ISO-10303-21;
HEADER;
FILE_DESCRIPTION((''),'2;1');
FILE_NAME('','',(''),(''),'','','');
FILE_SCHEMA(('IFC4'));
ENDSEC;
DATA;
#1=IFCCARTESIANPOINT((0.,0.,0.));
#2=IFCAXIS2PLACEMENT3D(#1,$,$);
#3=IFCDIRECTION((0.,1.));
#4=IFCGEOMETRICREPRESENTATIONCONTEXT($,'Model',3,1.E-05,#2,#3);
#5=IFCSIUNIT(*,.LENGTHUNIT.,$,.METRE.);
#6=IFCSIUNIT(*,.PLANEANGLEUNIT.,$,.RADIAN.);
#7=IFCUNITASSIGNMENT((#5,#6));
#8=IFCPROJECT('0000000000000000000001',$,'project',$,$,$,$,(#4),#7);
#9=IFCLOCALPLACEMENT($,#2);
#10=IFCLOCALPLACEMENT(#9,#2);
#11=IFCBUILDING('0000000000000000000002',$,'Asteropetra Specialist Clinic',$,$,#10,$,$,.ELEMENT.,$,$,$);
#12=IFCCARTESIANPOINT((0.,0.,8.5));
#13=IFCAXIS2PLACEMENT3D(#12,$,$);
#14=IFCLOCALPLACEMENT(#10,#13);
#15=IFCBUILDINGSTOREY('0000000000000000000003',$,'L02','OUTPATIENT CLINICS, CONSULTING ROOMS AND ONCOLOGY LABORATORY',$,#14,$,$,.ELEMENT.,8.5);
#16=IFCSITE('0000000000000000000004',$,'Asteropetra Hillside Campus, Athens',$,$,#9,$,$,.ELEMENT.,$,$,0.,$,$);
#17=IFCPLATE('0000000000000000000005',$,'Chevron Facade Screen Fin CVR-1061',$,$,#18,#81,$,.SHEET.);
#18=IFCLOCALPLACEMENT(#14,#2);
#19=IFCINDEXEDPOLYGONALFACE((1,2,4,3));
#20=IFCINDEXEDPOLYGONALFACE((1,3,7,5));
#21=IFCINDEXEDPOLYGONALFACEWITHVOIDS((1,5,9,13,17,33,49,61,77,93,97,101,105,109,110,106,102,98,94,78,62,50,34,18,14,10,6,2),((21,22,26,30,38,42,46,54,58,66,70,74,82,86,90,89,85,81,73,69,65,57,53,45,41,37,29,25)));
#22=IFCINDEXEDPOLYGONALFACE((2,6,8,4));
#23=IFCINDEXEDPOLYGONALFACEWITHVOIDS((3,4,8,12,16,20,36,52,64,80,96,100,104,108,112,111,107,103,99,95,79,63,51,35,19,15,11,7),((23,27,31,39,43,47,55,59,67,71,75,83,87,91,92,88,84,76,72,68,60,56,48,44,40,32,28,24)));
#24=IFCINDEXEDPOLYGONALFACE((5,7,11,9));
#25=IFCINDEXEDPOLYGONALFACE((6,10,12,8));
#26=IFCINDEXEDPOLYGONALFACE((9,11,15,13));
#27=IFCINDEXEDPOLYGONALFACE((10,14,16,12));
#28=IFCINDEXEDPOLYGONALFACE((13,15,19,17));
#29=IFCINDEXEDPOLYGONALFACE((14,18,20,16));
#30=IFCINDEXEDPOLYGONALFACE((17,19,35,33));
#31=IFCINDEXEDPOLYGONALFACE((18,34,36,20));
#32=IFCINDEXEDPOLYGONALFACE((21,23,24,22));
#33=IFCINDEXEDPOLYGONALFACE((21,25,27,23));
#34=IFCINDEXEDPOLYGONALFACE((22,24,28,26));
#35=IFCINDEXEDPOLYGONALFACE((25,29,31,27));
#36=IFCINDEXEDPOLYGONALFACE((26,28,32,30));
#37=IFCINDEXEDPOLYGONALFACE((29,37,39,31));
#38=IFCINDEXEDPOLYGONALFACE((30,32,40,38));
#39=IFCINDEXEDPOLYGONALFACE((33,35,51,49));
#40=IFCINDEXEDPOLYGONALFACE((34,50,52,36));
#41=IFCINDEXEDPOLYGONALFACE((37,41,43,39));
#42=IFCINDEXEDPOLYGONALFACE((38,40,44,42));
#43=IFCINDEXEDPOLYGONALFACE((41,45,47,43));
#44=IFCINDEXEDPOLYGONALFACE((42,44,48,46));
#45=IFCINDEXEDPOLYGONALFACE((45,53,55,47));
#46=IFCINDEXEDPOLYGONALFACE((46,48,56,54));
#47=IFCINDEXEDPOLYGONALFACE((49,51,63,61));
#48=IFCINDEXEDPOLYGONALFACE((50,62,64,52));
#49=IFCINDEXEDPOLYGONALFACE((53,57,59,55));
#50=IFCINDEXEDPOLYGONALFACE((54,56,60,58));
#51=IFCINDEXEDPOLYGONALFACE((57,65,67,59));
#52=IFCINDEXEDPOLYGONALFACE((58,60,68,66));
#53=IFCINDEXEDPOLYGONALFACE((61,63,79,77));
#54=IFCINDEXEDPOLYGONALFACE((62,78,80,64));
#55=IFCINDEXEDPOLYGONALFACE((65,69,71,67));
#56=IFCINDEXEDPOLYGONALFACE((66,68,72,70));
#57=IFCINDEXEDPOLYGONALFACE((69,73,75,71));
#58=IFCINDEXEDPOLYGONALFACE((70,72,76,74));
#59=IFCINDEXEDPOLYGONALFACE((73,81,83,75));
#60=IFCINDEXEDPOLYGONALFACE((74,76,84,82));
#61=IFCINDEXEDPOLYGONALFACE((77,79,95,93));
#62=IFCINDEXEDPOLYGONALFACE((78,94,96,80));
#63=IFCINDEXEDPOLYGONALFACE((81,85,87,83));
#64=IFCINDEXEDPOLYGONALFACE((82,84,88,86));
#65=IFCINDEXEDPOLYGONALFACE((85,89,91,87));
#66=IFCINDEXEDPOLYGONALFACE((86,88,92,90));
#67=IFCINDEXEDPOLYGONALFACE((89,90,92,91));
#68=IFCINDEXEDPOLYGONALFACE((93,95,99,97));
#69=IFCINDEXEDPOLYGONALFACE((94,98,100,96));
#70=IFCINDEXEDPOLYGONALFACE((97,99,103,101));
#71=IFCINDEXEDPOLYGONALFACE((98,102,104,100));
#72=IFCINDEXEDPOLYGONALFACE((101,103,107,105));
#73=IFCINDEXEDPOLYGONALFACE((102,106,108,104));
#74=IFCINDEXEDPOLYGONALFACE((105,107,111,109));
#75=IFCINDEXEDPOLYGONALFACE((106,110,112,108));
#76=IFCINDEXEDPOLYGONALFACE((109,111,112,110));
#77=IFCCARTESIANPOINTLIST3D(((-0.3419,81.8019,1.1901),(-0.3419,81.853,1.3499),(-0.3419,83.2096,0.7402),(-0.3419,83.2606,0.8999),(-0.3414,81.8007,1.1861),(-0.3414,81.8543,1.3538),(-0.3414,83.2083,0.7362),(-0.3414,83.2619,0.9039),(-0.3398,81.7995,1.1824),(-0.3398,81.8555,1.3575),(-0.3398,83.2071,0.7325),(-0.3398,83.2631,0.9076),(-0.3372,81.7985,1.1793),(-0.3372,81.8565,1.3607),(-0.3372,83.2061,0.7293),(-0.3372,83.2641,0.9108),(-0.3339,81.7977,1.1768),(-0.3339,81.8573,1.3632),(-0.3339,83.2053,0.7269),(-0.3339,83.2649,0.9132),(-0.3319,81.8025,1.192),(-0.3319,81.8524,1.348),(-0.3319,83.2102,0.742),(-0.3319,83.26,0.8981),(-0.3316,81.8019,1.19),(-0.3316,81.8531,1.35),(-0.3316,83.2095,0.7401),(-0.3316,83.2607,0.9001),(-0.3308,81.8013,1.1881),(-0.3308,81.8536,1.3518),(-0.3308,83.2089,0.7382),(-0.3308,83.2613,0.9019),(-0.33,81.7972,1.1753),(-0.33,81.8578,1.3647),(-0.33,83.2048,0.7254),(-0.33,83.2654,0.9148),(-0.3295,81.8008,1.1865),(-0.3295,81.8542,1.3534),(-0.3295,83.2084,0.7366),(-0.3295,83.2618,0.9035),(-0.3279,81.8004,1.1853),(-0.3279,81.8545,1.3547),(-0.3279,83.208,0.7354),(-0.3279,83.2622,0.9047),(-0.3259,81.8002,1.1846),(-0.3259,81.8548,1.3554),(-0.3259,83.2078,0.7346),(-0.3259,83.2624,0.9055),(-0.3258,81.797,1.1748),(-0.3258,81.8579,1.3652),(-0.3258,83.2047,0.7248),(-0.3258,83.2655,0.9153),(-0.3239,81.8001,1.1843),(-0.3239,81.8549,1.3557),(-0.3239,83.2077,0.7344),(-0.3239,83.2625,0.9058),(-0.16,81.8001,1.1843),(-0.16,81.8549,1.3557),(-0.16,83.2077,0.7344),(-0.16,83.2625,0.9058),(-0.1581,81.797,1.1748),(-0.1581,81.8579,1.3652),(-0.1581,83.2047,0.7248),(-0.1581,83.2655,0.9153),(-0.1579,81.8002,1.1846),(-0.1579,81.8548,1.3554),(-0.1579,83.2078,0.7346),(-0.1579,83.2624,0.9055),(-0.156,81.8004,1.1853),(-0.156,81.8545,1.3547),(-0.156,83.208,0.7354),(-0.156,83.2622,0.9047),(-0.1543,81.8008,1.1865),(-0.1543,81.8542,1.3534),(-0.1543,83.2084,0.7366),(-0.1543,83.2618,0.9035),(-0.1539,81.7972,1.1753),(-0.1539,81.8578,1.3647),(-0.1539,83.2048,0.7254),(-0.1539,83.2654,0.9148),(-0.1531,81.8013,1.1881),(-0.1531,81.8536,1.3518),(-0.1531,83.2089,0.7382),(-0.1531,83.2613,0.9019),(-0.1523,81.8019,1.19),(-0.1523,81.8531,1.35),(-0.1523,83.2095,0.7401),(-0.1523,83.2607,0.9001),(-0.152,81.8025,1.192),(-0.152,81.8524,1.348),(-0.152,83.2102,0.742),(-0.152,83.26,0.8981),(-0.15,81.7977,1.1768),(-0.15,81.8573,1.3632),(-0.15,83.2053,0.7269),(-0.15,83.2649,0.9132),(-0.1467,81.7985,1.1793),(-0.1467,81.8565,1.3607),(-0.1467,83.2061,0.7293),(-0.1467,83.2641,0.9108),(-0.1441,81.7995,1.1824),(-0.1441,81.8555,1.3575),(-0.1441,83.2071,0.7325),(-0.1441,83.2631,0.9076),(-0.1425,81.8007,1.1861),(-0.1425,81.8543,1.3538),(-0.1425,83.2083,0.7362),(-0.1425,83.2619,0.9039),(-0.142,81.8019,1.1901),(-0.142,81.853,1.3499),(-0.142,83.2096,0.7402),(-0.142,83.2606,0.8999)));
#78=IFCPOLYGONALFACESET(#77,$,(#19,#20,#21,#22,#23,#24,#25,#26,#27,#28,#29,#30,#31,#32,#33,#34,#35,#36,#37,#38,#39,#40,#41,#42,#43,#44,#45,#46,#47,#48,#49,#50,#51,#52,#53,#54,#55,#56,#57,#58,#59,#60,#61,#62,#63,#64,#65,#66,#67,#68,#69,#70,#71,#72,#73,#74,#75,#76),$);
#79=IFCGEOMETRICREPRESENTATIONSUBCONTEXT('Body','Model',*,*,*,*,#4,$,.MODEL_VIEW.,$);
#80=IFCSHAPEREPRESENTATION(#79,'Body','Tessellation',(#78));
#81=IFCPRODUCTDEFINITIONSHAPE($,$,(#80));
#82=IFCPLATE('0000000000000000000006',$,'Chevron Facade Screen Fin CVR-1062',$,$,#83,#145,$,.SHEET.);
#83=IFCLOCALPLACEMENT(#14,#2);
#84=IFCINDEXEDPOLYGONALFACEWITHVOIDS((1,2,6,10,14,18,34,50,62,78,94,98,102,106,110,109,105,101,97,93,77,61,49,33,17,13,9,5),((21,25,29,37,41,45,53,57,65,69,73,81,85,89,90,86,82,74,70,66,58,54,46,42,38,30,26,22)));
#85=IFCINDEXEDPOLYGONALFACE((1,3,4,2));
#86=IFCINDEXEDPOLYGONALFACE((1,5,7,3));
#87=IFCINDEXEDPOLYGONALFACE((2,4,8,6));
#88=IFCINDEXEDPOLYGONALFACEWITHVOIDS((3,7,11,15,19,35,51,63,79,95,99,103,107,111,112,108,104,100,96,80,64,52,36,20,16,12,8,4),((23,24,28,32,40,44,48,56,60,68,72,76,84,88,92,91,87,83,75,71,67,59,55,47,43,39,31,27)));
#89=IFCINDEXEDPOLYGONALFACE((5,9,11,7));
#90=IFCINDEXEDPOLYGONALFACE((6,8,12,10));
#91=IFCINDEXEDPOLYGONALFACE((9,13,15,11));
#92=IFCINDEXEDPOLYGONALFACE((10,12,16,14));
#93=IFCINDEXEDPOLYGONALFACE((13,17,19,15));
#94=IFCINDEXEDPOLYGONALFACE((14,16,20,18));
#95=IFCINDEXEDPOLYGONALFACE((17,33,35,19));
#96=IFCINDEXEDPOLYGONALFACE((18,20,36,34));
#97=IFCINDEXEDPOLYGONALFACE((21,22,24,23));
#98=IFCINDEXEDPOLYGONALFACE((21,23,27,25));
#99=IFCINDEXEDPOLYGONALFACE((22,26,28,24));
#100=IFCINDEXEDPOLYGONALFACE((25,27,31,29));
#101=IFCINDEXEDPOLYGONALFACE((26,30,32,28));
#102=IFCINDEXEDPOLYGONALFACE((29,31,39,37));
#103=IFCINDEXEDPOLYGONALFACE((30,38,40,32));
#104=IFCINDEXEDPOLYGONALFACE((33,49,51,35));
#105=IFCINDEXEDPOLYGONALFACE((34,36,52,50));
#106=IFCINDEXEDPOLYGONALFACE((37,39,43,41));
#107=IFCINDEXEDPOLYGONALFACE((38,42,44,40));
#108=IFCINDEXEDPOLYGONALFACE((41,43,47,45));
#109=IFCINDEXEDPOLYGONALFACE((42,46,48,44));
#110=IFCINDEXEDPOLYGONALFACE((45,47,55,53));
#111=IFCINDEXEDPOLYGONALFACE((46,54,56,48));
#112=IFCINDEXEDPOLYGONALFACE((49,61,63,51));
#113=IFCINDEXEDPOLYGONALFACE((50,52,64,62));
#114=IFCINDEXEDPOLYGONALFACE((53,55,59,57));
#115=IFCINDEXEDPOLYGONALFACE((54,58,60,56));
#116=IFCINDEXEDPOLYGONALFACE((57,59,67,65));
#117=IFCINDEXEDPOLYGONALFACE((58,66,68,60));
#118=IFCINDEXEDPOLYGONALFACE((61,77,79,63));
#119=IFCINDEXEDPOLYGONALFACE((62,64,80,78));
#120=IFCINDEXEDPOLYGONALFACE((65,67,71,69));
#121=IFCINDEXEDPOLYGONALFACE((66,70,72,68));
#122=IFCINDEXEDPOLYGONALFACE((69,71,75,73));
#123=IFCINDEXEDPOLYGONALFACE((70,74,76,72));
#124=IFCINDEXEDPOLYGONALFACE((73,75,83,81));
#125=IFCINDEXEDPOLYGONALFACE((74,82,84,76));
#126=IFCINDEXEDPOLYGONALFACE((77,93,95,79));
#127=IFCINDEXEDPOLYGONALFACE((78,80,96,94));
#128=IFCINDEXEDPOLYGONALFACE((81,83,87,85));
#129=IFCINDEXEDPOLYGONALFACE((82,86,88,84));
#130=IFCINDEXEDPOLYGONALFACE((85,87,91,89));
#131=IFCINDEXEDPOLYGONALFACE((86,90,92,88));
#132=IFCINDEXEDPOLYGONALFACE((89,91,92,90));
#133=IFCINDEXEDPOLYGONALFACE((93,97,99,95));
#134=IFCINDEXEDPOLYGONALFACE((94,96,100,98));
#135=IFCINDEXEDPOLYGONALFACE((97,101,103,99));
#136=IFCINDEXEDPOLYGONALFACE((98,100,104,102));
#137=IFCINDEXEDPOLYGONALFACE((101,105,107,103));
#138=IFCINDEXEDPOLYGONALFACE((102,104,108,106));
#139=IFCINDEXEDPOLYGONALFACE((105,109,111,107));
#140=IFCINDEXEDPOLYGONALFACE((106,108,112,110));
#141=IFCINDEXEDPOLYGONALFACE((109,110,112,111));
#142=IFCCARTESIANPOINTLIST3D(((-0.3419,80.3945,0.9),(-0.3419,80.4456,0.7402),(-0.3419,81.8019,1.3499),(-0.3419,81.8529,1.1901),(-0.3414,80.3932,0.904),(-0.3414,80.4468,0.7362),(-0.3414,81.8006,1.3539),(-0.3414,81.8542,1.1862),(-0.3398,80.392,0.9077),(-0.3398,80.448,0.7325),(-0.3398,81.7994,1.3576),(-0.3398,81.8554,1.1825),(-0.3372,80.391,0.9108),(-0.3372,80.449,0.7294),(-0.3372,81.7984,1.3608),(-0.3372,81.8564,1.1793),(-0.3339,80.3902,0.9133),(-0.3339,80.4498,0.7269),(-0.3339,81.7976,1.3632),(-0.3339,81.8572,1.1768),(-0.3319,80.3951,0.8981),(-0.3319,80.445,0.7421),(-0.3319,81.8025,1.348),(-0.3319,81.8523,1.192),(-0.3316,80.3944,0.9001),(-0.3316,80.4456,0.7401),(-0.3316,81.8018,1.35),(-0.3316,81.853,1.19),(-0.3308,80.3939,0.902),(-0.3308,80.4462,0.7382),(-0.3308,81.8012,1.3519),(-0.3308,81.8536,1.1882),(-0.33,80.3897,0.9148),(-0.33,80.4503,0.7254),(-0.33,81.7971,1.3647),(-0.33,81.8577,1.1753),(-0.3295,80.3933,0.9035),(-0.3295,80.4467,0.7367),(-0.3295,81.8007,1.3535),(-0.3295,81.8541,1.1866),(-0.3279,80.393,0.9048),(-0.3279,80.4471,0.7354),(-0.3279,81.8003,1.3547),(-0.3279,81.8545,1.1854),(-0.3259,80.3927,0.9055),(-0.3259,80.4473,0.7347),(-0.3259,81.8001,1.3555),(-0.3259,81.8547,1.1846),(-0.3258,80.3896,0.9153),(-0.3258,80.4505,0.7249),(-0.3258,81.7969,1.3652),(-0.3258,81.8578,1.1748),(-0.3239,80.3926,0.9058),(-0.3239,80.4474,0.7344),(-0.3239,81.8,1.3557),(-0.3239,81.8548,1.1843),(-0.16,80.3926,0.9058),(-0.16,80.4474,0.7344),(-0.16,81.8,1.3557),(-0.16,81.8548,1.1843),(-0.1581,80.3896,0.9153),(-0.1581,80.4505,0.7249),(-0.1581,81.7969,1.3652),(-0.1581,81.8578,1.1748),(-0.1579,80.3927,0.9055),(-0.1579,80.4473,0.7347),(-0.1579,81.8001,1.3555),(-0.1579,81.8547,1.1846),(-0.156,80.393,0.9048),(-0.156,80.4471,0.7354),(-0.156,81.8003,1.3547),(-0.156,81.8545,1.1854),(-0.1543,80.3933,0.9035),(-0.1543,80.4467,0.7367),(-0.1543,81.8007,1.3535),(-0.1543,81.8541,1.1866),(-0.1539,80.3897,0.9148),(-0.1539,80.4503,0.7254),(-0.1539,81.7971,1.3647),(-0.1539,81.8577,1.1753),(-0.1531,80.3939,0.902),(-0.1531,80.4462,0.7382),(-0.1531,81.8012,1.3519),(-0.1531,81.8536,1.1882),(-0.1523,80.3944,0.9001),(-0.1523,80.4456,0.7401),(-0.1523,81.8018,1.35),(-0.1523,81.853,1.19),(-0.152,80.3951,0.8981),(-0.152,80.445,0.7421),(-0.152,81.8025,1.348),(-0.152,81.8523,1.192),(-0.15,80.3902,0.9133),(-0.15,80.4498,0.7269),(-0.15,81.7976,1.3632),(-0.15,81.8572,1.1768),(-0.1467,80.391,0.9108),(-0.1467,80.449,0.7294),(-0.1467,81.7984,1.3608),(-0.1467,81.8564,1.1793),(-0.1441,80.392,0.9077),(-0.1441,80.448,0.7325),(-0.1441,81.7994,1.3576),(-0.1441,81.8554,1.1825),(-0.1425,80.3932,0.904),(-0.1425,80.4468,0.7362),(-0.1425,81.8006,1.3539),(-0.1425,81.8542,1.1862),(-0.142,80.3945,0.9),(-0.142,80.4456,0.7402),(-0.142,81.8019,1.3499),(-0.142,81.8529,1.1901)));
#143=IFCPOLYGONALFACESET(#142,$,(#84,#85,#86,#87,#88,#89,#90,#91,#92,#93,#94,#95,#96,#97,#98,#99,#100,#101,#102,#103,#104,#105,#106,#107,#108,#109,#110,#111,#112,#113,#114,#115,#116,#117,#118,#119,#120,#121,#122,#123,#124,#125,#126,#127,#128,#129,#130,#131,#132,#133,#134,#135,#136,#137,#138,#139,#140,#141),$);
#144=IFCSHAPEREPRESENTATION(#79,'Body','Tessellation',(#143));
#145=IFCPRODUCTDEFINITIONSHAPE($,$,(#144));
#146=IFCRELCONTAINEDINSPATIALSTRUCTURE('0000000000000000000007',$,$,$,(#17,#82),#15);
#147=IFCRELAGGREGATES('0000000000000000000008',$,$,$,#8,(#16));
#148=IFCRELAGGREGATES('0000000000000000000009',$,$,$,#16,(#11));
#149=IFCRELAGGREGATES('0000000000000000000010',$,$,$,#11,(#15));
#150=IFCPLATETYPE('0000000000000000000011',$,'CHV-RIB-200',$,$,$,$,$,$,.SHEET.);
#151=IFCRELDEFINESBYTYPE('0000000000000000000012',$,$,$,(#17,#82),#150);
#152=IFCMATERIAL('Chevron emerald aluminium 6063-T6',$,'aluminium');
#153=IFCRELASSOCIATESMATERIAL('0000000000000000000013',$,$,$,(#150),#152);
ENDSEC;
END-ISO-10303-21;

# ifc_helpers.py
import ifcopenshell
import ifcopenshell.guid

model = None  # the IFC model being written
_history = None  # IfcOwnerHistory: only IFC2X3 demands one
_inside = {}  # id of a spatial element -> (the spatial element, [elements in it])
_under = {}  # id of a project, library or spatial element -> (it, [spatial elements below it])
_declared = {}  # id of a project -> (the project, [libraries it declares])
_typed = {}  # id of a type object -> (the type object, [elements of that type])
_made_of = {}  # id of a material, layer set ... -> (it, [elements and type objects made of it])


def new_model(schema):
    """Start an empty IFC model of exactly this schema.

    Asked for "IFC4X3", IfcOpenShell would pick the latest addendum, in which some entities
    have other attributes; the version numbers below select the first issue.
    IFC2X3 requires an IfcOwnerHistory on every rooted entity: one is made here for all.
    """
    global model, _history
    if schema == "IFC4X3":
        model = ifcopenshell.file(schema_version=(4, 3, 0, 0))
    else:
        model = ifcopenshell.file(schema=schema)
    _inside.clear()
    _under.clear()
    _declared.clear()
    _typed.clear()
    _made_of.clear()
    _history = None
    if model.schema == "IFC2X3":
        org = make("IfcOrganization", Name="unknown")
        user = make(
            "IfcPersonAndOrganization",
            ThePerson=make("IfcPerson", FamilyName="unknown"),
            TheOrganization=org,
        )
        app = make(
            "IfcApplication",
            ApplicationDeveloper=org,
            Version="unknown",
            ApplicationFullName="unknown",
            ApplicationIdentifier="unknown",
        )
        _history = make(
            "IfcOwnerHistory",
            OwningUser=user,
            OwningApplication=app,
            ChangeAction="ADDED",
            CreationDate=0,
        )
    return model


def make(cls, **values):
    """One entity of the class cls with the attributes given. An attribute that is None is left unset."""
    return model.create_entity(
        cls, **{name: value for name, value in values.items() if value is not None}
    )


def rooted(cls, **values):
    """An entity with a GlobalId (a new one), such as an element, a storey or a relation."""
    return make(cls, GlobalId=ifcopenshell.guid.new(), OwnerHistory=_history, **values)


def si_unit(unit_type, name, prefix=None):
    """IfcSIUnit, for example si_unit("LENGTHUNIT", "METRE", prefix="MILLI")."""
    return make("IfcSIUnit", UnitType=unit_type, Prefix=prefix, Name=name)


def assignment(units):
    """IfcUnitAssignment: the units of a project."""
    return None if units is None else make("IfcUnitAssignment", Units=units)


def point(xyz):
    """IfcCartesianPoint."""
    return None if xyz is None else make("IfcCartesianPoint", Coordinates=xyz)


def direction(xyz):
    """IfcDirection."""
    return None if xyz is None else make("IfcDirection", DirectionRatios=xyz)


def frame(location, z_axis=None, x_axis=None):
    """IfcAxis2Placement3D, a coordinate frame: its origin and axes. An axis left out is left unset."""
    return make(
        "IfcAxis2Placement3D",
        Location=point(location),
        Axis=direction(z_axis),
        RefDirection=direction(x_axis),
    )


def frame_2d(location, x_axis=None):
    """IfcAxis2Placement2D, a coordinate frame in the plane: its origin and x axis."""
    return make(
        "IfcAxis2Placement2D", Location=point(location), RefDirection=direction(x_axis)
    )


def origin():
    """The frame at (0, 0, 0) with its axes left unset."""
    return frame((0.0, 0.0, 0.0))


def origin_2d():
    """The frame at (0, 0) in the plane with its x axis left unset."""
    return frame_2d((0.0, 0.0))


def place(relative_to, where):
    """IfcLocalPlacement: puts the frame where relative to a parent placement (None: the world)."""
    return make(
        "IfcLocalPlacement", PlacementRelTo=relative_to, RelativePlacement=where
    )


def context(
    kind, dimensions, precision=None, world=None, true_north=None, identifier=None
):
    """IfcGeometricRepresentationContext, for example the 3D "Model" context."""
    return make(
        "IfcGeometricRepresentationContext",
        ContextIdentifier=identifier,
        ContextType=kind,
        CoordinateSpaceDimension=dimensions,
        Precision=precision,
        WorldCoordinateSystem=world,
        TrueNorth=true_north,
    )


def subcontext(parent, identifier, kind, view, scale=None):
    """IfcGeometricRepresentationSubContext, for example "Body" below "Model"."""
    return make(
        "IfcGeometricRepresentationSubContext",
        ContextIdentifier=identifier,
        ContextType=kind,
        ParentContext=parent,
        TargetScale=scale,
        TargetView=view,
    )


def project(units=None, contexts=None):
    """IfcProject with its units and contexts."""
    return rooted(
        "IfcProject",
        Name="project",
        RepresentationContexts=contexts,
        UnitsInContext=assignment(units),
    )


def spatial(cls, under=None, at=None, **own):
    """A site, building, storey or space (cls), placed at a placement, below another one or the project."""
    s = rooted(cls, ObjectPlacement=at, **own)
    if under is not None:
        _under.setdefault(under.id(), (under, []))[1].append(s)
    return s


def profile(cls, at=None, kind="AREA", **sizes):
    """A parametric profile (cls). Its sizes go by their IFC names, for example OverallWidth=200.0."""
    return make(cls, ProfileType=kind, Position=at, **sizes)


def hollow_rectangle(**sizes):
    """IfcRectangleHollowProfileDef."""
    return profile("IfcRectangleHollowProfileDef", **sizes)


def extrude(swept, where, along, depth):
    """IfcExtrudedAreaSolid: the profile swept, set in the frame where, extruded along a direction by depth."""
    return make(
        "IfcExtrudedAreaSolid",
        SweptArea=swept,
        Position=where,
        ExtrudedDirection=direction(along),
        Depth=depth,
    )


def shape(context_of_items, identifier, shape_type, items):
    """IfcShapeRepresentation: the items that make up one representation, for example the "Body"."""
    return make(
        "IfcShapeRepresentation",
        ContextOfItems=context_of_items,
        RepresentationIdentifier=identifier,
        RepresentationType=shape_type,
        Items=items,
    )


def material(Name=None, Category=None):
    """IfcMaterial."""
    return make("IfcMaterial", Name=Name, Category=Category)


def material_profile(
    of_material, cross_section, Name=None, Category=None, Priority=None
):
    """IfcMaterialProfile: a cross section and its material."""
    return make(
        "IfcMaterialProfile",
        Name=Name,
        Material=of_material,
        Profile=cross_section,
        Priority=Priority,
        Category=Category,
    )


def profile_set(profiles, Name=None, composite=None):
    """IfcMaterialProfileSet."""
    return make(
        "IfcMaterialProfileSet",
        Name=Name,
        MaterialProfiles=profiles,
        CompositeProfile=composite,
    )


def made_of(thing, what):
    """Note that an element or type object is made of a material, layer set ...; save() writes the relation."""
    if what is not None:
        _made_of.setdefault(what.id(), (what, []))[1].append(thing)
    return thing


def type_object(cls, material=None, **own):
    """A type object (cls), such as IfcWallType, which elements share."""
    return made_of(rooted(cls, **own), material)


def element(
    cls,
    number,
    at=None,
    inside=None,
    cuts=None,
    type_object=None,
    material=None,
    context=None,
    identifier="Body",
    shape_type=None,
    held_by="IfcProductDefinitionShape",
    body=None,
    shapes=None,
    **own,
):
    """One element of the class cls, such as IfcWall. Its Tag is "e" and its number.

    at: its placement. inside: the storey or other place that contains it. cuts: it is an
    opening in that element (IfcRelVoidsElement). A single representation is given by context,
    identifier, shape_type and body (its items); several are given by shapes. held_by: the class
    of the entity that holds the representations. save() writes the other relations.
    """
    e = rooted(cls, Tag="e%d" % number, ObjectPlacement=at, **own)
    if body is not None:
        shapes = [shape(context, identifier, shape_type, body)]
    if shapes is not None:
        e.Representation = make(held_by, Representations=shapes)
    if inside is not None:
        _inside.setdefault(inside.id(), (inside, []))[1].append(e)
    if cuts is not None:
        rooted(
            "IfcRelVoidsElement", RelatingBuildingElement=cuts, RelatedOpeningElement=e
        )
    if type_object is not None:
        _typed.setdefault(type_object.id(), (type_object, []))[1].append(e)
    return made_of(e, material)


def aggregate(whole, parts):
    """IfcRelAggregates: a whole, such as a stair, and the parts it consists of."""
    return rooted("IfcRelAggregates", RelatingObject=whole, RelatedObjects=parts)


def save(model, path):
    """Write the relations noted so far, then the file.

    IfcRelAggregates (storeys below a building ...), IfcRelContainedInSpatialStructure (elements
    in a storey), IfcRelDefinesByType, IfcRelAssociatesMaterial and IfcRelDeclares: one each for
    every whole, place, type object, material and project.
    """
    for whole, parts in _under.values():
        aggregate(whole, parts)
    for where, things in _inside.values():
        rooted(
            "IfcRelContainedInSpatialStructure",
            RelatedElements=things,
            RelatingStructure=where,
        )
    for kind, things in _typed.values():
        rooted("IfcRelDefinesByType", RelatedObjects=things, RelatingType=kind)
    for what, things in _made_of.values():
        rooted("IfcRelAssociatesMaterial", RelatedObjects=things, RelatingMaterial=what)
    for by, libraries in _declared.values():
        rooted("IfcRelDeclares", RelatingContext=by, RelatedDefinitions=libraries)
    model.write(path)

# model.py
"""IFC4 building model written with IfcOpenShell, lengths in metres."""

from ifc_helpers import new_model, si_unit, direction, frame, origin, origin_2d, place, context, subcontext, project, spatial, hollow_rectangle, extrude, material, material_profile, profile_set, type_object, element, save


model = new_model("IFC4")

# Units and contexts
model_context = context("Model", 3, precision=1e-05, world=origin(), true_north=direction((0.0, 1.0)))
body_context = subcontext(model_context, "Body", "Model", "MODEL_VIEW")
ifc_project = project(units=[si_unit("LENGTHUNIT", "METRE"), si_unit("PLANEANGLEUNIT", "RADIAN")], contexts=[model_context])

# Site, building, storey
site_placement = place(None, origin())
site = spatial("IfcSite", under=ifc_project, at=site_placement, Name="Asteropetra Hillside Campus, Athens", CompositionType="ELEMENT", RefElevation=0.0)
building_placement = place(site_placement, origin())
building = spatial("IfcBuilding", under=site, at=building_placement, Name="Asteropetra Specialist Clinic", CompositionType="ELEMENT")
storey_placement = place(building_placement, frame((0.0, 0.0, 8.5)))
storey = spatial("IfcBuildingStorey", under=building, at=storey_placement, Name="L02", Description="OUTPATIENT CLINICS, CONSULTING ROOMS AND ONCOLOGY LABORATORY", CompositionType="ELEMENT", Elevation=8.5)

# Plates
ifc_material_1 = material(Name="Chevron emerald aluminium 6063-T6", Category="aluminium")
ifc_material_profile = material_profile(ifc_material_1, hollow_rectangle(XDim=0.2, YDim=0.2, WallThickness=0.01, InnerFilletRadius=0.0081, OuterFilletRadius=0.0161, at=origin_2d()), Name="SHS 200x200x10.0")
ifc_profile_set = profile_set([ifc_material_profile], Name="Chevron emerald aluminium 6063-T6")
plate_type_1 = type_object("IfcPlateType", Name="CHV-RIB-200", PredefinedType="SHEET", material=ifc_profile_set)
plate_1_placement = place(storey_placement, frame((-0.2419, 83.2351, 0.8201), z_axis=(0.0, -0.952526, 0.304458), x_axis=(1.0, 0.0, 0.0)))
element("IfcPlate", 1, at=plate_1_placement, inside=storey, type_object=plate_type_1, Name="Chevron Facade Screen Fin CVR-1061", PredefinedType="SHEET", context=body_context, shape_type="SweptSolid", body=[
    extrude(hollow_rectangle(XDim=0.2, YDim=0.2, WallThickness=0.01, InnerFilletRadius=0.0081, OuterFilletRadius=0.0161, at=origin_2d()), origin(), (0.0, 0.0, 1.0), 1.4778),
])
plate_2_placement = place(storey_placement, frame((-0.2419, 81.8274, 1.27), z_axis=(0.0, -0.95251, -0.304506), x_axis=(1.0, 0.0, 0.0)))
element("IfcPlate", 2, at=plate_2_placement, inside=storey, type_object=plate_type_1, Name="Chevron Facade Screen Fin CVR-1062", PredefinedType="SHEET", context=body_context, shape_type="SweptSolid", body=[
    extrude(hollow_rectangle(XDim=0.2, YDim=0.2, WallThickness=0.01, InnerFilletRadius=0.0081, OuterFilletRadius=0.0161, at=origin_2d()), origin(), (0.0, 0.0, 1.0), 1.4775),
])

save(model, "model.ifc")
